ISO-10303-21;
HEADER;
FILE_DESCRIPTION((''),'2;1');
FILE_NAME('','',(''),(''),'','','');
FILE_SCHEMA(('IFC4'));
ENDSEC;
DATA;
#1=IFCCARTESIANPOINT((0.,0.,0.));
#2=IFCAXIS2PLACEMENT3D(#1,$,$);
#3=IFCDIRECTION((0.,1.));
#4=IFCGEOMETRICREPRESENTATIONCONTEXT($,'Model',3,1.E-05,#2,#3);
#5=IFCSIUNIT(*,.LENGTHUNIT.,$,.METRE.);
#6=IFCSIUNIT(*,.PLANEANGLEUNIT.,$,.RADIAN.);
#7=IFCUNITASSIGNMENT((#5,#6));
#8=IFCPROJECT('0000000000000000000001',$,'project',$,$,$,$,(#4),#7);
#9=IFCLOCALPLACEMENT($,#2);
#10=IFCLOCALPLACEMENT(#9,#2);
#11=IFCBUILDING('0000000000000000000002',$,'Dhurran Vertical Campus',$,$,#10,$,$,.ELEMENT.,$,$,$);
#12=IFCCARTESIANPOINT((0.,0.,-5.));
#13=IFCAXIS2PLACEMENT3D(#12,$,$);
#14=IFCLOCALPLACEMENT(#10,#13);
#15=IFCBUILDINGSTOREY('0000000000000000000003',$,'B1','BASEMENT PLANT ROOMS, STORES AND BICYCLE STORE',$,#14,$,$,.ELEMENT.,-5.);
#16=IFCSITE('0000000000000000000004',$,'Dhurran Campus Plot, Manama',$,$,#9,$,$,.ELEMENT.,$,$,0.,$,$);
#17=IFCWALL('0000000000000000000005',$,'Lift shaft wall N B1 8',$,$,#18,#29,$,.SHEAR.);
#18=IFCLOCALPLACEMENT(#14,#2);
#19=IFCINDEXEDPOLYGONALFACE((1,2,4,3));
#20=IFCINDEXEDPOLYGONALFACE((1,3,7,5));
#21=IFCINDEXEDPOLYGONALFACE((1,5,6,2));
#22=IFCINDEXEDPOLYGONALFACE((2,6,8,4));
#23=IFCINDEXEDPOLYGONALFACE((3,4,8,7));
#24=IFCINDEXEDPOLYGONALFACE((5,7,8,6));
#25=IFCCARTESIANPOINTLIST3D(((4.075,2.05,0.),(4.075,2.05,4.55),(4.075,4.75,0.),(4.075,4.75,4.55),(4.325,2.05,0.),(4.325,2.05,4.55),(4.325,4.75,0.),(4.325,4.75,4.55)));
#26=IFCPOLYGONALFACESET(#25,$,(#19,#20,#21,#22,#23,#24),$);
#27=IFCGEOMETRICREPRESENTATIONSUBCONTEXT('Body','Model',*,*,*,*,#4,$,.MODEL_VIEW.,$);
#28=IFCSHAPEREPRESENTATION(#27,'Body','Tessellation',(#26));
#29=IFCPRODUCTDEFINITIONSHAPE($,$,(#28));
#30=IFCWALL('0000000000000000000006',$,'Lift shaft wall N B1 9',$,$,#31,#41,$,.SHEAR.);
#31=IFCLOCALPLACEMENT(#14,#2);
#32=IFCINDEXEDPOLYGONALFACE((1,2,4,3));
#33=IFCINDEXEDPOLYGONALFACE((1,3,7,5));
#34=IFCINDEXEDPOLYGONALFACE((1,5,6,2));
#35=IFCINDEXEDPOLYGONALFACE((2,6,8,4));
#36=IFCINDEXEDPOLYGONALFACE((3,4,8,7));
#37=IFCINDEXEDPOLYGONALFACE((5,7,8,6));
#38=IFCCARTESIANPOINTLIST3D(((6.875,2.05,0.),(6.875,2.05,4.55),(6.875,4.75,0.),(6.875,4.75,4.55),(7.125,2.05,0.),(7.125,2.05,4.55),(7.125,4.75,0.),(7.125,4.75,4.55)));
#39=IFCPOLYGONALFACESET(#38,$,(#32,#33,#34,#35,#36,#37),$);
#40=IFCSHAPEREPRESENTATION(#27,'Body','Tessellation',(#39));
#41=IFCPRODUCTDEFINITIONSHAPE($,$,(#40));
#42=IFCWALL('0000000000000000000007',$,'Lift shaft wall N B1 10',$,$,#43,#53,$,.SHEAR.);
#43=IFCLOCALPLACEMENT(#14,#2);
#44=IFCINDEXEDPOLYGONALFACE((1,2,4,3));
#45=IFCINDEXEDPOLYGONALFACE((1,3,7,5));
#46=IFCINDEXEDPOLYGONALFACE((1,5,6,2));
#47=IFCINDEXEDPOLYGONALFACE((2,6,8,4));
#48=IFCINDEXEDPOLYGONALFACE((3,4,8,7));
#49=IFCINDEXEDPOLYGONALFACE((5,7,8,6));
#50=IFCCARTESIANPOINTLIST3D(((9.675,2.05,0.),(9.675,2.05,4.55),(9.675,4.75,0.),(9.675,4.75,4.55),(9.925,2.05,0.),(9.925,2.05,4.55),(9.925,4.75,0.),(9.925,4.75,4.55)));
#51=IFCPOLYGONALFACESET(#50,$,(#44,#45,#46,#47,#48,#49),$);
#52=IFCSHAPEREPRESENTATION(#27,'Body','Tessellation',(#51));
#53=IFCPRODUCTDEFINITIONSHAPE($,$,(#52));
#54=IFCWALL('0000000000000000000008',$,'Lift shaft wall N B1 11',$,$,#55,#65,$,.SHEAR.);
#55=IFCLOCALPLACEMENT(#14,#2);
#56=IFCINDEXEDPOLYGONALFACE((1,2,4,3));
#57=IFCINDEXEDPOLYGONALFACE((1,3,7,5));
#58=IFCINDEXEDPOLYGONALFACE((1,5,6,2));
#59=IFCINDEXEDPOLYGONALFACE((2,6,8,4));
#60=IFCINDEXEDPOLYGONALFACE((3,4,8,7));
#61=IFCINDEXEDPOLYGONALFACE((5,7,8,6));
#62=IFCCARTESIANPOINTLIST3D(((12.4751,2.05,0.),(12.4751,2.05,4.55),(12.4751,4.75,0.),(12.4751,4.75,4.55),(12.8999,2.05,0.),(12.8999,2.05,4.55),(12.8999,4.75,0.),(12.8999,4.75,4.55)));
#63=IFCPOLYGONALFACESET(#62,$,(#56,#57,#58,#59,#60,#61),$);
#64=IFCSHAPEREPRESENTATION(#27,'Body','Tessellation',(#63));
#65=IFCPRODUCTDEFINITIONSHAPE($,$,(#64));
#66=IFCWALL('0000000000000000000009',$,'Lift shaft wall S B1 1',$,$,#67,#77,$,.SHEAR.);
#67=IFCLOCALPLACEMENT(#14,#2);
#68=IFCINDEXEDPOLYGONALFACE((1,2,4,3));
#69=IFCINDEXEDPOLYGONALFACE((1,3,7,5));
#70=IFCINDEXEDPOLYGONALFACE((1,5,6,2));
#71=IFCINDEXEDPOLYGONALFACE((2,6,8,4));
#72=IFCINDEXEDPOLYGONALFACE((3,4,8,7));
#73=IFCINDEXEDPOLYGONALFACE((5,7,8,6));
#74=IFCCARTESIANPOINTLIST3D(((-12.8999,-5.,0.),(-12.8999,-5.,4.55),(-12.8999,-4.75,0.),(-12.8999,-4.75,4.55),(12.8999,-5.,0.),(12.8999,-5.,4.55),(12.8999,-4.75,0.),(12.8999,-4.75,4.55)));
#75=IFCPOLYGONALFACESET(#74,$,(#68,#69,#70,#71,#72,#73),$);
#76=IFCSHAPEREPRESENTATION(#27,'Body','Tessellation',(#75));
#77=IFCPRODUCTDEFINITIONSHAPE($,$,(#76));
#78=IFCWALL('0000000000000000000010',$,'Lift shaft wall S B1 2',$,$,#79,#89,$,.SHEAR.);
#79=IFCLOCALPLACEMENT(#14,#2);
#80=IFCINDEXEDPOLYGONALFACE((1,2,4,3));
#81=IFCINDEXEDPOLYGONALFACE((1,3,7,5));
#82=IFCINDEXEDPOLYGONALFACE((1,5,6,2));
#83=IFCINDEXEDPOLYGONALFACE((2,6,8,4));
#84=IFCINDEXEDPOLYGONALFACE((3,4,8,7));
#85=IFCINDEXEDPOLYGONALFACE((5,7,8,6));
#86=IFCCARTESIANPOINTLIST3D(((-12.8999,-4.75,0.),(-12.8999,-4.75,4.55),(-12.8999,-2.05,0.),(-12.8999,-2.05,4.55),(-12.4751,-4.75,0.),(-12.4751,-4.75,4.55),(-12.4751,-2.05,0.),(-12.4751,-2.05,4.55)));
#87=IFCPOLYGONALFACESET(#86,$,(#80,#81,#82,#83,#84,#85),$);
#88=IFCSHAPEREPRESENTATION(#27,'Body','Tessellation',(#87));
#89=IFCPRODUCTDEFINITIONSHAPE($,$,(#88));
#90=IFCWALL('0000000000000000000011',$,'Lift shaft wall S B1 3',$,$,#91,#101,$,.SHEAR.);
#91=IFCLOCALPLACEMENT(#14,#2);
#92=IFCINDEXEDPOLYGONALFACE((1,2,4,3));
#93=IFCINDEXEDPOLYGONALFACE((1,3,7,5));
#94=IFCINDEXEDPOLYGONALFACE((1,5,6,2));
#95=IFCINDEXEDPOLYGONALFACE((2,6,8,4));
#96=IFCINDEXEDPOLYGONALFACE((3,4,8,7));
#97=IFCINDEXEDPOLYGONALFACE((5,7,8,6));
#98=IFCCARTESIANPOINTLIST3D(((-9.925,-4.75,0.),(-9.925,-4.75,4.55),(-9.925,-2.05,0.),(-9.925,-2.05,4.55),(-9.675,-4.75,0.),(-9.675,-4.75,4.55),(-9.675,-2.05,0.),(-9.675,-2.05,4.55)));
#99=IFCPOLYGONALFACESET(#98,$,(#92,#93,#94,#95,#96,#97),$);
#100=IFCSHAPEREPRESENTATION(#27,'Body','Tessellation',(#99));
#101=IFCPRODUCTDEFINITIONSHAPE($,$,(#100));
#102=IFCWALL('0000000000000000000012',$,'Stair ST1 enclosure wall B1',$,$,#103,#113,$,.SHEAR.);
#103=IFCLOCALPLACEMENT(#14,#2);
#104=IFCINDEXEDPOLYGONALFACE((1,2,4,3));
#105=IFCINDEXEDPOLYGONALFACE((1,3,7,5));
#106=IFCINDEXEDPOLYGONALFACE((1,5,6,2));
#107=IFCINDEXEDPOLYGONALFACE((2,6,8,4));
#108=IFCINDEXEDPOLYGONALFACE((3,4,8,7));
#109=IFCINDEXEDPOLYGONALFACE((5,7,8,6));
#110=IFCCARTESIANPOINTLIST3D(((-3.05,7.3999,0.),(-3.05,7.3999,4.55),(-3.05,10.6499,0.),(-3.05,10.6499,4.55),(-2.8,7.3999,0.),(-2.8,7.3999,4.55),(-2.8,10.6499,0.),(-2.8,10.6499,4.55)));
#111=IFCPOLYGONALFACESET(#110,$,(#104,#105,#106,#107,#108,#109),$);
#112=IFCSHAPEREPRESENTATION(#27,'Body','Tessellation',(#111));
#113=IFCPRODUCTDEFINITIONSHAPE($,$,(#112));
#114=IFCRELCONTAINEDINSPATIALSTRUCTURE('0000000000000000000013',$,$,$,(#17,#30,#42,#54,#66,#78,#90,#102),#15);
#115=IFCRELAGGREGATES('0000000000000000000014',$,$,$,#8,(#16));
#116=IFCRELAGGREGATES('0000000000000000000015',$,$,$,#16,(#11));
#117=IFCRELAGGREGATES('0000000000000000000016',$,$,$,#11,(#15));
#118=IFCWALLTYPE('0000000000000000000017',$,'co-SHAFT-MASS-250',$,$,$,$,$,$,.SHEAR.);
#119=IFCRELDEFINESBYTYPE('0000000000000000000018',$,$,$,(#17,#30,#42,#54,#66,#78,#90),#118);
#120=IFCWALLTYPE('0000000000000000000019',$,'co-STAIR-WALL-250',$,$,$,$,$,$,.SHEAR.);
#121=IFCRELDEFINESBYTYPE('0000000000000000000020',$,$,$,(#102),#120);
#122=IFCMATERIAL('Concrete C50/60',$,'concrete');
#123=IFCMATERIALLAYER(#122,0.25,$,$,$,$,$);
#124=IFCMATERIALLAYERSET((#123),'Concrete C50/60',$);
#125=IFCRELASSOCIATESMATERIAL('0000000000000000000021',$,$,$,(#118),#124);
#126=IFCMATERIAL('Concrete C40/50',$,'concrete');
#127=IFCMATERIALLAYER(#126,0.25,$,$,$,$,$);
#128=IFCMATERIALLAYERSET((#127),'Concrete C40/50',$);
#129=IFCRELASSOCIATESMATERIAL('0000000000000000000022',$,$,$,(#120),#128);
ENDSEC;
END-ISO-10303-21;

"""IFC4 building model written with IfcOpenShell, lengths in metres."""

from ifc_helpers import new_model, si_unit, direction, frame, frame_2d, origin, place, context, subcontext, project, spatial, polyline, rectangle, outline, extrude, material, layer, layer_set, type_object, element, save


model = new_model("IFC4")

# Units and contexts
model_context = context("Model", 3, precision=1e-05, world=origin(), true_north=direction((0.0, 1.0)))
body_context = subcontext(model_context, "Body", "Model", "MODEL_VIEW")
ifc_project = project(units=[si_unit("LENGTHUNIT", "METRE"), si_unit("PLANEANGLEUNIT", "RADIAN")], contexts=[model_context])

# Site, building, storey
site_placement = place(None, origin())
site = spatial("IfcSite", under=ifc_project, at=site_placement, Name="Dhurran Campus Plot, Manama", CompositionType="ELEMENT", RefElevation=0.0)
building_placement = place(site_placement, origin())
building = spatial("IfcBuilding", under=site, at=building_placement, Name="Dhurran Vertical Campus", CompositionType="ELEMENT")
storey_placement = place(building_placement, frame((0.0, 0.0, -5.0)))
storey = spatial("IfcBuildingStorey", under=building, at=storey_placement, Name="B1", Description="BASEMENT PLANT ROOMS, STORES AND BICYCLE STORE", CompositionType="ELEMENT", Elevation=-5.0)

# Walls
ifc_material_1 = material(Name="Concrete C50/60", Category="concrete")
ifc_layer_1 = layer(ifc_material_1, 0.25)
ifc_layer_set_1 = layer_set([ifc_layer_1], Name="Concrete C50/60")
wall_type_1 = type_object("IfcWallType", Name="co-SHAFT-MASS-250", PredefinedType="SHEAR", material=ifc_layer_set_1)
wall_1_placement = place(storey_placement, origin())
element("IfcWall", 1, at=wall_1_placement, inside=storey, type_object=wall_type_1, Name="Lift shaft wall N B1 8", PredefinedType="SHEAR", context=body_context, shape_type="SweptSolid", body=[
    extrude(outline(polyline([(4.075, 2.05), (4.325, 2.05), (4.325, 4.75), (4.075, 4.75), (4.075, 2.05)])), origin(), (0.0, 0.0, 1.0), 4.55),
])
wall_2_placement = place(storey_placement, origin())
element("IfcWall", 2, at=wall_2_placement, inside=storey, type_object=wall_type_1, Name="Lift shaft wall N B1 9", PredefinedType="SHEAR", context=body_context, shape_type="SweptSolid", body=[
    extrude(outline(polyline([(6.875, 2.05), (7.125, 2.05), (7.125, 4.75), (6.875, 4.75), (6.875, 2.05)])), origin(), (0.0, 0.0, 1.0), 4.55),
])
wall_3_placement = place(storey_placement, origin())
element("IfcWall", 3, at=wall_3_placement, inside=storey, type_object=wall_type_1, Name="Lift shaft wall N B1 10", PredefinedType="SHEAR", context=body_context, shape_type="SweptSolid", body=[
    extrude(outline(polyline([(9.675, 2.05), (9.925, 2.05), (9.925, 4.75), (9.675, 4.75), (9.675, 2.05)])), origin(), (0.0, 0.0, 1.0), 4.55),
])
wall_4_placement = place(storey_placement, origin())
element("IfcWall", 4, at=wall_4_placement, inside=storey, type_object=wall_type_1, Name="Lift shaft wall N B1 11", PredefinedType="SHEAR", context=body_context, shape_type="SweptSolid", body=[
    extrude(outline(polyline([(12.4751, 2.05), (12.8999, 2.05), (12.8999, 4.75), (12.4751, 4.75), (12.4751, 2.05)])), origin(), (0.0, 0.0, 1.0), 4.55),
])
wall_5_placement = place(storey_placement, origin())
element("IfcWall", 5, at=wall_5_placement, inside=storey, type_object=wall_type_1, Name="Lift shaft wall S B1 1", PredefinedType="SHEAR", context=body_context, shape_type="SweptSolid", body=[
    extrude(outline(polyline([(-12.8999, -5.0), (12.8999, -5.0), (12.8999, -4.75), (-12.8999, -4.75), (-12.8999, -5.0)])), origin(), (0.0, 0.0, 1.0), 4.55),
])
wall_6_placement = place(storey_placement, origin())
element("IfcWall", 6, at=wall_6_placement, inside=storey, type_object=wall_type_1, Name="Lift shaft wall S B1 2", PredefinedType="SHEAR", context=body_context, shape_type="SweptSolid", body=[
    extrude(outline(polyline([(-12.8999, -4.75), (-12.4751, -4.75), (-12.4751, -2.05), (-12.8999, -2.05), (-12.8999, -4.75)])), origin(), (0.0, 0.0, 1.0), 4.55),
])
wall_7_placement = place(storey_placement, origin())
element("IfcWall", 7, at=wall_7_placement, inside=storey, type_object=wall_type_1, Name="Lift shaft wall S B1 3", PredefinedType="SHEAR", context=body_context, shape_type="SweptSolid", body=[
    extrude(outline(polyline([(-9.925, -4.75), (-9.675, -4.75), (-9.675, -2.05), (-9.925, -2.05), (-9.925, -4.75)])), origin(), (0.0, 0.0, 1.0), 4.55),
])
ifc_material_2 = material(Name="Concrete C40/50", Category="concrete")
ifc_layer_2 = layer(ifc_material_2, 0.25)
ifc_layer_set_2 = layer_set([ifc_layer_2], Name="Concrete C40/50")
wall_type_2 = type_object("IfcWallType", Name="co-STAIR-WALL-250", PredefinedType="SHEAR", material=ifc_layer_set_2)
wall_8_placement = place(storey_placement, frame((-2.925, 7.3999, 0.0), z_axis=(0.0, 0.0, 1.0), x_axis=(0.0, 1.0, 0.0)))
element("IfcWall", 8, at=wall_8_placement, inside=storey, type_object=wall_type_2, Name="Stair ST1 enclosure wall B1", PredefinedType="SHEAR", context=body_context, shape_type="SweptSolid", body=[
    extrude(rectangle(XDim=3.25, YDim=0.25, at=frame_2d((1.625, 0.0))), origin(), (0.0, 0.0, 1.0), 4.55),
])

save(model, "model.ifc")
